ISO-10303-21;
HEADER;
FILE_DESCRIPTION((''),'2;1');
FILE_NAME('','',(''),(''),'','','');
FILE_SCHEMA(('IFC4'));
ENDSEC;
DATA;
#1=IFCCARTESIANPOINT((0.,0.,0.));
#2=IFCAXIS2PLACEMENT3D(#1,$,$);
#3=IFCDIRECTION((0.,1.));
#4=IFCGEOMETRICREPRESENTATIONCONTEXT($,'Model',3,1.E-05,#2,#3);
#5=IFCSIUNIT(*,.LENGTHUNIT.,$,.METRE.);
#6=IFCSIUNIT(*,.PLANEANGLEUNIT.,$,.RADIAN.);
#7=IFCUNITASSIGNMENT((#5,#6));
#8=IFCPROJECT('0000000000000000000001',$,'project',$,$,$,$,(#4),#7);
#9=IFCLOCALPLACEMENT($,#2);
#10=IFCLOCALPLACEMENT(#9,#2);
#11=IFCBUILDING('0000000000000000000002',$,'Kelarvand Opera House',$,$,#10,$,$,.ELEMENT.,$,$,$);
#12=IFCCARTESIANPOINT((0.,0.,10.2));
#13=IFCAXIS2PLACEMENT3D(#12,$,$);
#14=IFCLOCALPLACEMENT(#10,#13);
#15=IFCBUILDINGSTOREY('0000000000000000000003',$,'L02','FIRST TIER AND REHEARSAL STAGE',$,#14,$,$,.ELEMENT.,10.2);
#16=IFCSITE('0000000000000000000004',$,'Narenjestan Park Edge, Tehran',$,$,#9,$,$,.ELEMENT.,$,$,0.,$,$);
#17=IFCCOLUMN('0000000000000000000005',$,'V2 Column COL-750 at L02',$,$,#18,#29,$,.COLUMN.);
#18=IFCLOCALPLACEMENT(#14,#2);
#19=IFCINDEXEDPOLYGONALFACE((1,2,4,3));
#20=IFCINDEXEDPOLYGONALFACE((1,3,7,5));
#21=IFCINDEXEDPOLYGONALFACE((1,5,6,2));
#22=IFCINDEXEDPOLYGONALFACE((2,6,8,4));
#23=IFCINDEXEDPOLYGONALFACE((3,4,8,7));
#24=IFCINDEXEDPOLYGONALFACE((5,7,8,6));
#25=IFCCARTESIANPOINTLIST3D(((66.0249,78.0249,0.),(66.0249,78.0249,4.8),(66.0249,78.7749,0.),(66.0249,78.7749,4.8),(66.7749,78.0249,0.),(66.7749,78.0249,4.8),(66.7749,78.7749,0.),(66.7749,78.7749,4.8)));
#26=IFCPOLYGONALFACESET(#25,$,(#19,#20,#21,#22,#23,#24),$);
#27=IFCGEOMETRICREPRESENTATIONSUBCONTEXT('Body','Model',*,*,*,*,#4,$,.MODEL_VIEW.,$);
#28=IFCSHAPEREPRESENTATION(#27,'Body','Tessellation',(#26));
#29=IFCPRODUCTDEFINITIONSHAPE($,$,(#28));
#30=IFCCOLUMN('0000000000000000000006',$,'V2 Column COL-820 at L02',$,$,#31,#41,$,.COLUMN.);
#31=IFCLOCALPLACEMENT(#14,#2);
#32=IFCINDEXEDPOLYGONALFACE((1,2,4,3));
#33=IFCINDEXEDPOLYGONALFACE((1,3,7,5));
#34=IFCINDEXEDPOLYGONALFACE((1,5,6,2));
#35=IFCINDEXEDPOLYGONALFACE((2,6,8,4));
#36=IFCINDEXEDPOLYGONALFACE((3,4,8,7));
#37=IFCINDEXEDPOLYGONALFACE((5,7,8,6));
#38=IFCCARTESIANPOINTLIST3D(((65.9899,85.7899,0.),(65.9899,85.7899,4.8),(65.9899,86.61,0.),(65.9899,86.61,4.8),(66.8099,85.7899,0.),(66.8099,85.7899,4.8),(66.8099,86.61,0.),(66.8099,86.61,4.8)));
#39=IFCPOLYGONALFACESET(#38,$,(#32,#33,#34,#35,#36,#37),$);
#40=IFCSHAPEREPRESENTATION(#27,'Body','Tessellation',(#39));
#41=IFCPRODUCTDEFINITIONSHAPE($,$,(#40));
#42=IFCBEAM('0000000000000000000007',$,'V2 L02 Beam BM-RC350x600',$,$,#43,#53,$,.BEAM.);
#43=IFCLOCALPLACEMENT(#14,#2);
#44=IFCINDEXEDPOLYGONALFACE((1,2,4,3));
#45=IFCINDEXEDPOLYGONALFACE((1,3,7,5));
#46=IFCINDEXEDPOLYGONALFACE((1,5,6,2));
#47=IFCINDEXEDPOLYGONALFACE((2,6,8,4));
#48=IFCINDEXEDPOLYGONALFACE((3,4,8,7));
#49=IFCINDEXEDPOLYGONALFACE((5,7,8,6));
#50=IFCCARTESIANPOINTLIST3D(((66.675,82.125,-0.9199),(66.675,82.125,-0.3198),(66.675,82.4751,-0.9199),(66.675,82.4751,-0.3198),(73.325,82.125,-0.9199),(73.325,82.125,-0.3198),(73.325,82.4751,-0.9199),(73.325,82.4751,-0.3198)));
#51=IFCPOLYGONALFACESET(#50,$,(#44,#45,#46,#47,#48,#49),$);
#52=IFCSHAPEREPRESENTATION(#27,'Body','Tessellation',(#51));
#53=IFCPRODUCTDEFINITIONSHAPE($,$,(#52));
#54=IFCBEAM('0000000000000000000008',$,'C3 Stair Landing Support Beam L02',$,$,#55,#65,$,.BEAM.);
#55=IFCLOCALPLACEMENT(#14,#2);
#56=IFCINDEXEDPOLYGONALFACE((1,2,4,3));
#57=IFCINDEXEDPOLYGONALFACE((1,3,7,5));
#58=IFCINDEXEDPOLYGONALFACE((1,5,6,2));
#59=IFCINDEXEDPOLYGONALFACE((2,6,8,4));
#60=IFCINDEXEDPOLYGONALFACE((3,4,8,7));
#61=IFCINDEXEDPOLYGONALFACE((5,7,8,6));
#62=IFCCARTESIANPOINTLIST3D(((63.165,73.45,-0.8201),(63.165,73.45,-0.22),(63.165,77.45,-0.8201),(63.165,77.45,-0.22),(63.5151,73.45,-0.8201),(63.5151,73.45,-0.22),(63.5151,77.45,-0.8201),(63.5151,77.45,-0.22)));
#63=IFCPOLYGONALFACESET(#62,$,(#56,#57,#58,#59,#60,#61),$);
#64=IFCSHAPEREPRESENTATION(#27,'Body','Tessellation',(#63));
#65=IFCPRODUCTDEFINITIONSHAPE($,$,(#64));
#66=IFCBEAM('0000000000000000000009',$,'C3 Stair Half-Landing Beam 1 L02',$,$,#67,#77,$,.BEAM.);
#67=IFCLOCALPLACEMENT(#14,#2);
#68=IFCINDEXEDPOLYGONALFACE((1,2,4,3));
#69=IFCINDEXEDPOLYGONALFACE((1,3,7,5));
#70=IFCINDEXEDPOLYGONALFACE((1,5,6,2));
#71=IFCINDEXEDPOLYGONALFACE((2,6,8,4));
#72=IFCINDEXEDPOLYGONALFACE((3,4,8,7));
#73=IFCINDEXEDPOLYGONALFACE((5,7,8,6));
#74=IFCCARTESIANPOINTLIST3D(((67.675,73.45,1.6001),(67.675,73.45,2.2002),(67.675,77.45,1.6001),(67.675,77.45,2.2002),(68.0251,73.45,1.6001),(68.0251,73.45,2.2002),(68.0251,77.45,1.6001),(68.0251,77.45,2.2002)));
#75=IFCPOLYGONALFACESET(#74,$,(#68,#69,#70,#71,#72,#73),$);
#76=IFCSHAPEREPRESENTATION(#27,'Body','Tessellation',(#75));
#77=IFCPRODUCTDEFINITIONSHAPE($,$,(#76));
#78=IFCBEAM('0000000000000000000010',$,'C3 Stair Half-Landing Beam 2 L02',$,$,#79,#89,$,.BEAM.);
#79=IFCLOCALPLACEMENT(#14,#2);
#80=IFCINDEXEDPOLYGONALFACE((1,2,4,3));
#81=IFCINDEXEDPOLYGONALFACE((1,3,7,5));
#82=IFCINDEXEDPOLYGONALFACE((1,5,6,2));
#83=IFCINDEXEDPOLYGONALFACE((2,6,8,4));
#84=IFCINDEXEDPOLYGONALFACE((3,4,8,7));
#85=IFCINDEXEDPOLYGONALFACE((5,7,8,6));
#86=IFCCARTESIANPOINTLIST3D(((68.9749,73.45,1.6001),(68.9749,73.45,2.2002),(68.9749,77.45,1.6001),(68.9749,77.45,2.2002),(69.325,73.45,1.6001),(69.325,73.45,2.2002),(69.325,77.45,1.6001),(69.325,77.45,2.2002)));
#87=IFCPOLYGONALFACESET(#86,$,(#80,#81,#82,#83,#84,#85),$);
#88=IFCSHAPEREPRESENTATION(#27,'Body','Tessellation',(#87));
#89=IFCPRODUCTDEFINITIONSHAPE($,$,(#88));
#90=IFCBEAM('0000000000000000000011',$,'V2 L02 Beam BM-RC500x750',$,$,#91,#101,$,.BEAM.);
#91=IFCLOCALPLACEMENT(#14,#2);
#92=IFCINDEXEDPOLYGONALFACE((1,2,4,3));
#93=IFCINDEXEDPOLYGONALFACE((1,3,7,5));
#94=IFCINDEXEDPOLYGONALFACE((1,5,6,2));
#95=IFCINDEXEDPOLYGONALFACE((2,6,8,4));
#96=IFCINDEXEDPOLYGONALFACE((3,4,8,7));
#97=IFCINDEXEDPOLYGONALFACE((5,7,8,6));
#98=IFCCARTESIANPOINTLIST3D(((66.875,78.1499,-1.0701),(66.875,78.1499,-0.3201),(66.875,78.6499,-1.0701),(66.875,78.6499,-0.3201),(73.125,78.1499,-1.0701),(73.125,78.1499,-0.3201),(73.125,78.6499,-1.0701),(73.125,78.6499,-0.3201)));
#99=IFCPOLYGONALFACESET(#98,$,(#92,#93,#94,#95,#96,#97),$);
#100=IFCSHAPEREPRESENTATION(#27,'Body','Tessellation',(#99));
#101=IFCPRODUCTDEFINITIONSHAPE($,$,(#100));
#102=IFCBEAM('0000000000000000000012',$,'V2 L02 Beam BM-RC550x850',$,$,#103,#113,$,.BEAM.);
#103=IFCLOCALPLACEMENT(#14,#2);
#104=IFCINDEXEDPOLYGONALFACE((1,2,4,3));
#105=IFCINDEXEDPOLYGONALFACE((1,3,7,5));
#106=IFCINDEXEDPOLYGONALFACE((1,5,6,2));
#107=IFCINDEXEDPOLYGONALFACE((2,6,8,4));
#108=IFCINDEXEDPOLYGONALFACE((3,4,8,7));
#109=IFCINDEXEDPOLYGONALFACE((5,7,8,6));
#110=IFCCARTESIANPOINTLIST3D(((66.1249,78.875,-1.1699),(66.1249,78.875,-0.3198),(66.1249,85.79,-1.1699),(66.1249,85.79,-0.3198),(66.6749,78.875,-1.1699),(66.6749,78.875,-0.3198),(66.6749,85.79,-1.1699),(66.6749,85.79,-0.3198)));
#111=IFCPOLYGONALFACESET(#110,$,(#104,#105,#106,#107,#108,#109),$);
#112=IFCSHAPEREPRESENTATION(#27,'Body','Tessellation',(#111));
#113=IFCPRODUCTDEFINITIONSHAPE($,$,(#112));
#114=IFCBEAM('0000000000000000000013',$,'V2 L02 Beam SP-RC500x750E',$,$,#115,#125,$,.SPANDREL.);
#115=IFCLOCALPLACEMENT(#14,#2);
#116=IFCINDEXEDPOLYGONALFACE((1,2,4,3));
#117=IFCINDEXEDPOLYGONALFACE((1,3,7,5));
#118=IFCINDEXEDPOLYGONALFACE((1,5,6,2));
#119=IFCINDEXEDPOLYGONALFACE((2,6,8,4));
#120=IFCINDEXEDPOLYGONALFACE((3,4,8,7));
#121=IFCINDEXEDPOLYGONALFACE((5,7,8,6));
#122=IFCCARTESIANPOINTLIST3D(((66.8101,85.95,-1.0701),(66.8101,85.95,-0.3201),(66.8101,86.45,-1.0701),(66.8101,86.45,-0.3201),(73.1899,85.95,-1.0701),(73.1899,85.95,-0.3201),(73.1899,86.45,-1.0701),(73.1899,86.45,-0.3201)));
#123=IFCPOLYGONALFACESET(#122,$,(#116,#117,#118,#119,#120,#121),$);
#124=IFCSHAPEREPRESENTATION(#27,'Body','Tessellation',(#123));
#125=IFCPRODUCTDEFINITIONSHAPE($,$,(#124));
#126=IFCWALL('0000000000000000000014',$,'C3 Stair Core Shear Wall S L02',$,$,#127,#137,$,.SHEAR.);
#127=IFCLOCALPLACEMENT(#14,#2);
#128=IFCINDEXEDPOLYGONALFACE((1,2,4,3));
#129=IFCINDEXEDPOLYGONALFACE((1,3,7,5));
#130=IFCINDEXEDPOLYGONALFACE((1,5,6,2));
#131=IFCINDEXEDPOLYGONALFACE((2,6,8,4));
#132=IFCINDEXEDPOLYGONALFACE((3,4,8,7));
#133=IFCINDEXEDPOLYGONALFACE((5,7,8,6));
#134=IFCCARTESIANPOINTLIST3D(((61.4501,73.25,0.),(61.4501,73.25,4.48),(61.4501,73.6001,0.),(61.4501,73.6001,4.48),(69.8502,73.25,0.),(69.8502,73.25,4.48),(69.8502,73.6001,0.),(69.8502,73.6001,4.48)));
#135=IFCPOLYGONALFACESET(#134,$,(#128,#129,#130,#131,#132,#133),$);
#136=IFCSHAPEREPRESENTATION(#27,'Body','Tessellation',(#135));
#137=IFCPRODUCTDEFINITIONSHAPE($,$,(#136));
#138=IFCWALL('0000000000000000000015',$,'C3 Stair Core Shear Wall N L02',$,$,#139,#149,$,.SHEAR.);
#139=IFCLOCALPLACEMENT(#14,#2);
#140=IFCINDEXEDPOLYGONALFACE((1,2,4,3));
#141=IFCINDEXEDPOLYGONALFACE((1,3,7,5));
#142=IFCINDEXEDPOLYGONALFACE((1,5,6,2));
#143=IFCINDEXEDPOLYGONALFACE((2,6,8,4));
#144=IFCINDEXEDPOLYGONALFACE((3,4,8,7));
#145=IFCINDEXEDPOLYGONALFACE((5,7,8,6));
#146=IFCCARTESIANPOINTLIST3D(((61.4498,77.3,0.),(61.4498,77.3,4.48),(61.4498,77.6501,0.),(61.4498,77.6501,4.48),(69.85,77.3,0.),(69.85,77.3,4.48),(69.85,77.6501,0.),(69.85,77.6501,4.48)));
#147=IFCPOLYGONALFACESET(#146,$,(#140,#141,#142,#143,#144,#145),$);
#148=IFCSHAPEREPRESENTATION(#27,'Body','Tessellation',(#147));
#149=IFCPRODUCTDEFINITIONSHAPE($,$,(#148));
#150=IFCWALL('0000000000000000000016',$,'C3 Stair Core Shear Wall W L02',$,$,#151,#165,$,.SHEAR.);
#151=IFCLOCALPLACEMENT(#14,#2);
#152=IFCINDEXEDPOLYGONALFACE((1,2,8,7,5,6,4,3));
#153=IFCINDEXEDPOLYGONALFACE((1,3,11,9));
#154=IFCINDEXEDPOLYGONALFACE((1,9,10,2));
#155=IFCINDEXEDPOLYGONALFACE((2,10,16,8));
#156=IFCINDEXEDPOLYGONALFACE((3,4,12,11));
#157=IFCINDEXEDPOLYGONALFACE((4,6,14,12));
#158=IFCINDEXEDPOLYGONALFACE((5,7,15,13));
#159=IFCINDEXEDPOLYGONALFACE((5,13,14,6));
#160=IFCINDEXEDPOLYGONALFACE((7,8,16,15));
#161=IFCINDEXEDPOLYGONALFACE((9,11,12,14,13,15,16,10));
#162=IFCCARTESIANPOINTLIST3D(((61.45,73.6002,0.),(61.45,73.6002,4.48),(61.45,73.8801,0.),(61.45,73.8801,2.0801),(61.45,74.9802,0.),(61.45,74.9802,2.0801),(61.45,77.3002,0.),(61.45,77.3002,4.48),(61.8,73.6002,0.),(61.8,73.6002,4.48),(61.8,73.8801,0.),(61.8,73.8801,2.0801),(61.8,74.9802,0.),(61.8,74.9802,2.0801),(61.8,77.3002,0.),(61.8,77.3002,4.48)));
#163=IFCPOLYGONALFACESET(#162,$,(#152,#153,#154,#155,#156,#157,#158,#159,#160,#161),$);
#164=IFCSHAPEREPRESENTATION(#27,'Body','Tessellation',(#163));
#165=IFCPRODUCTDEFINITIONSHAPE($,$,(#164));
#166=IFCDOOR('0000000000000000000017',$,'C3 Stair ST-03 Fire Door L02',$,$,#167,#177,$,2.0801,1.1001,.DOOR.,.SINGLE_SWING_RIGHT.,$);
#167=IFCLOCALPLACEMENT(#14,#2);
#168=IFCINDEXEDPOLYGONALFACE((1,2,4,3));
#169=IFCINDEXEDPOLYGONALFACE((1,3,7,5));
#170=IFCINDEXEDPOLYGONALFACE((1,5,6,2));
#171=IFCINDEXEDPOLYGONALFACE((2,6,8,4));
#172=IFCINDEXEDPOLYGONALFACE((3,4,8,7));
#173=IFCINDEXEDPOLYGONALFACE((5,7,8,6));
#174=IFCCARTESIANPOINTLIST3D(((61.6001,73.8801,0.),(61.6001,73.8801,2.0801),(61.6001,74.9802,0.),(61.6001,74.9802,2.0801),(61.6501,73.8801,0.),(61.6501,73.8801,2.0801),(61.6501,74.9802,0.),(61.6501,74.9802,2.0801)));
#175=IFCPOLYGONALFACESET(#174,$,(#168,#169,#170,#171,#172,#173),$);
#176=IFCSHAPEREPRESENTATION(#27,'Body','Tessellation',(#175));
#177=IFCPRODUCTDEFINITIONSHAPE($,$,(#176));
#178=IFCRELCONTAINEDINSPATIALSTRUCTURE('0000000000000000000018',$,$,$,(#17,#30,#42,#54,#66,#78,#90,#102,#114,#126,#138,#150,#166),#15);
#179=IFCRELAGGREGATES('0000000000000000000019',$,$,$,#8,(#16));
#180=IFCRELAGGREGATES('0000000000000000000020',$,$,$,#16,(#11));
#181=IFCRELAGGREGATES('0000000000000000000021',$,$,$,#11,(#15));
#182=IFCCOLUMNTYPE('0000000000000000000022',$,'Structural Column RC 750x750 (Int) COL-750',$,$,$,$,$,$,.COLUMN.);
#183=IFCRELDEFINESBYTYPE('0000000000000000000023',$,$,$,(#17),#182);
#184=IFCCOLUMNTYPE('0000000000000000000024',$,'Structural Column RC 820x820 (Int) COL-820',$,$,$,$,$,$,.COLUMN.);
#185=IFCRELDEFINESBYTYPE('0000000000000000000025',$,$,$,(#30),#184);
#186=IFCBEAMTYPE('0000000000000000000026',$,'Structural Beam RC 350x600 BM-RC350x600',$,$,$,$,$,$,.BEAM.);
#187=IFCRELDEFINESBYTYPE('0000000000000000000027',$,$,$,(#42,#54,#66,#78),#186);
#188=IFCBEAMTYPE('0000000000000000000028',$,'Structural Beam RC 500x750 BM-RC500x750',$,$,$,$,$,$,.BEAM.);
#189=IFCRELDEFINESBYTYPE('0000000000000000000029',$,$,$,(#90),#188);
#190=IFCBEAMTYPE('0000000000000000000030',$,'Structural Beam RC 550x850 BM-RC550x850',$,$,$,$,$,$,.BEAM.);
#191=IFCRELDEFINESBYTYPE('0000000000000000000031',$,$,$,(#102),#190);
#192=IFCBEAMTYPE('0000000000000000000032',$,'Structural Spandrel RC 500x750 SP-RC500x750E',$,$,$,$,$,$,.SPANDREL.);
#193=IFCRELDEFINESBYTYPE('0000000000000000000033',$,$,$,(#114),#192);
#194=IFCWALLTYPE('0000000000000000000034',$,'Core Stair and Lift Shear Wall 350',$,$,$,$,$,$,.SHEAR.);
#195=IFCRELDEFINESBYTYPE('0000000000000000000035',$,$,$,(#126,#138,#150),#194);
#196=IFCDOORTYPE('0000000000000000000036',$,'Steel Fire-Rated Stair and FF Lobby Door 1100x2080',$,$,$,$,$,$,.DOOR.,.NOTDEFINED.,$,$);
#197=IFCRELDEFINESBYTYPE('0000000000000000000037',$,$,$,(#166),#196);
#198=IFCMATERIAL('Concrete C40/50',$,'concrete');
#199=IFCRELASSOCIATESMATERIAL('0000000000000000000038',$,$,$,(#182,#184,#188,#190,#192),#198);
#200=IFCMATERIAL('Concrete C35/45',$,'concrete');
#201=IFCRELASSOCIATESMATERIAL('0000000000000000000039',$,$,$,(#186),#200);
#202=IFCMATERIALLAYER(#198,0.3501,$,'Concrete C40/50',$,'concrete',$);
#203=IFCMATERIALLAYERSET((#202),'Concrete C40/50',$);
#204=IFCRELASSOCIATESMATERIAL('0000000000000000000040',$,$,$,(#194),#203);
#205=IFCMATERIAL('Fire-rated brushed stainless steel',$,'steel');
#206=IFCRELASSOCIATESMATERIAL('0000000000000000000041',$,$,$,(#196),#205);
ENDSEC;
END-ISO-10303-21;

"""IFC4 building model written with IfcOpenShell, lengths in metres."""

from ifc_helpers import new_model, si_unit, direction, frame, frame_2d, origin, origin_2d, place, context, subcontext, project, spatial, rectangle, extrude, material, layer, layer_set, material_profile, profile_set, type_object, element, fill, save


model = new_model("IFC4")

# Units and contexts
model_context = context("Model", 3, precision=1e-05, world=origin(), true_north=direction((0.0, 1.0)))
body_context = subcontext(model_context, "Body", "Model", "MODEL_VIEW")
ifc_project = project(units=[si_unit("LENGTHUNIT", "METRE"), si_unit("PLANEANGLEUNIT", "RADIAN")], contexts=[model_context])

# Site, building, storey
site_placement = place(None, origin())
site = spatial("IfcSite", under=ifc_project, at=site_placement, Name="Narenjestan Park Edge, Tehran", CompositionType="ELEMENT", RefElevation=0.0)
building_placement = place(site_placement, origin())
building = spatial("IfcBuilding", under=site, at=building_placement, Name="Kelarvand Opera House", CompositionType="ELEMENT")
storey_placement = place(building_placement, frame((0.0, 0.0, 10.2)))
storey = spatial("IfcBuildingStorey", under=building, at=storey_placement, Name="L02", Description="FIRST TIER AND REHEARSAL STAGE", CompositionType="ELEMENT", Elevation=10.2)

# Columns
ifc_material_1 = material(Name="Concrete C40/50", Category="concrete")
ifc_material_profile_1 = material_profile(ifc_material_1, rectangle(XDim=0.75, YDim=0.75, at=origin_2d()), Name="RC 750x750", Category="concrete")
ifc_profile_set_1 = profile_set([ifc_material_profile_1], Name="Concrete C40/50")
column_type_1 = type_object("IfcColumnType", Name="Structural Column RC 750x750 (Int) COL-750", PredefinedType="COLUMN", material=ifc_profile_set_1)
column_1_placement = place(storey_placement, frame((66.3999, 78.3999, 0.0), z_axis=(0.0, 0.0, 1.0), x_axis=(1.0, 0.0, 0.0)))
element("IfcColumn", 1, at=column_1_placement, inside=storey, type_object=column_type_1, Name="V2 Column COL-750 at L02", PredefinedType="COLUMN", context=body_context, shape_type="SweptSolid", body=[
    extrude(rectangle(XDim=0.75, YDim=0.75, at=origin_2d()), origin(), (0.0, 0.0, 1.0), 4.8),
])
ifc_material_profile_2 = material_profile(ifc_material_1, rectangle(XDim=0.8201, YDim=0.8201, at=origin_2d()), Name="RC 820x820", Category="concrete")
ifc_profile_set_2 = profile_set([ifc_material_profile_2], Name="Concrete C40/50")
column_type_2 = type_object("IfcColumnType", Name="Structural Column RC 820x820 (Int) COL-820", PredefinedType="COLUMN", material=ifc_profile_set_2)
column_2_placement = place(storey_placement, frame((66.3999, 86.2, 0.0), z_axis=(0.0, 0.0, 1.0), x_axis=(1.0, 0.0, 0.0)))
element("IfcColumn", 2, at=column_2_placement, inside=storey, type_object=column_type_2, Name="V2 Column COL-820 at L02", PredefinedType="COLUMN", context=body_context, shape_type="SweptSolid", body=[
    extrude(rectangle(XDim=0.8201, YDim=0.8201, at=origin_2d()), origin(), (0.0, 0.0, 1.0), 4.8),
])

# Beams
ifc_material_2 = material(Name="Concrete C35/45", Category="concrete")
ifc_material_profile_3 = material_profile(ifc_material_2, rectangle(XDim=0.3501, YDim=0.6001, at=origin_2d()), Name="RC 350x600", Category="concrete")
ifc_profile_set_3 = profile_set([ifc_material_profile_3], Name="Concrete C35/45")
beam_type_1 = type_object("IfcBeamType", Name="Structural Beam RC 350x600 BM-RC350x600", PredefinedType="BEAM", material=ifc_profile_set_3)
beam_1_placement = place(storey_placement, frame((66.675, 82.3, -0.6199), z_axis=(1.0, 0.0, 0.0), x_axis=(0.0, 1.0, 0.0)))
element("IfcBeam", 3, at=beam_1_placement, inside=storey, type_object=beam_type_1, Name="V2 L02 Beam BM-RC350x600", PredefinedType="BEAM", context=body_context, shape_type="SweptSolid", body=[
    extrude(rectangle(XDim=0.3501, YDim=0.6001, at=origin_2d()), origin(), (0.0, 0.0, 1.0), 6.6499),
])
for number, where, z_axis, x_axis, name in (
    (4, (63.3401, 73.45, -0.52), (0.0, 1.0, 0.0), (-1.0, 0.0, 0.0), "C3 Stair Landing Support Beam L02"),
    (5, (67.8501, 73.45, 1.9001), (0.0, 1.0, 0.0), (-1.0, 0.0, 0.0), "C3 Stair Half-Landing Beam 1 L02"),
    (6, (69.1499, 73.45, 1.9001), (0.0, 1.0, 0.0), (-1.0, 0.0, 0.0), "C3 Stair Half-Landing Beam 2 L02"),
):
    element("IfcBeam", number, at=place(storey_placement, frame(where, z_axis=z_axis, x_axis=x_axis)), inside=storey, type_object=beam_type_1, Name=name, PredefinedType="BEAM", context=body_context, shape_type="SweptSolid", body=[
        extrude(rectangle(XDim=0.3501, YDim=0.6001, at=origin_2d()), origin(), (0.0, 0.0, 1.0), 4.0),
    ])
ifc_material_profile_4 = material_profile(ifc_material_1, rectangle(XDim=0.5, YDim=0.75, at=origin_2d()), Name="RC 500x750", Category="concrete")
ifc_profile_set_4 = profile_set([ifc_material_profile_4], Name="Concrete C40/50")
beam_type_2 = type_object("IfcBeamType", Name="Structural Beam RC 500x750 BM-RC500x750", PredefinedType="BEAM", material=ifc_profile_set_4)
beam_2_placement = place(storey_placement, frame((66.875, 78.3999, -0.6951), z_axis=(1.0, 0.0, 0.0), x_axis=(0.0, 1.0, 0.0)))
element("IfcBeam", 7, at=beam_2_placement, inside=storey, type_object=beam_type_2, Name="V2 L02 Beam BM-RC500x750", PredefinedType="BEAM", context=body_context, shape_type="SweptSolid", body=[
    extrude(rectangle(XDim=0.5, YDim=0.75, at=origin_2d()), origin(), (0.0, 0.0, 1.0), 6.25),
])
ifc_material_profile_5 = material_profile(ifc_material_1, rectangle(XDim=0.55, YDim=0.8501, at=origin_2d()), Name="RC 550x850", Category="concrete")
ifc_profile_set_5 = profile_set([ifc_material_profile_5], Name="Concrete C40/50")
beam_type_3 = type_object("IfcBeamType", Name="Structural Beam RC 550x850 BM-RC550x850", PredefinedType="BEAM", material=ifc_profile_set_5)
beam_3_placement = place(storey_placement, frame((66.3999, 78.875, -0.7449), z_axis=(0.0, 1.0, 0.0), x_axis=(-1.0, 0.0, 0.0)))
element("IfcBeam", 8, at=beam_3_placement, inside=storey, type_object=beam_type_3, Name="V2 L02 Beam BM-RC550x850", PredefinedType="BEAM", context=body_context, shape_type="SweptSolid", body=[
    extrude(rectangle(XDim=0.55, YDim=0.8501, at=origin_2d()), origin(), (0.0, 0.0, 1.0), 6.915),
])
ifc_material_profile_6 = material_profile(ifc_material_1, rectangle(XDim=0.5, YDim=0.75, at=origin_2d()), Name="RC 500x750", Category="concrete")
ifc_profile_set_6 = profile_set([ifc_material_profile_6], Name="Concrete C40/50")
beam_type_4 = type_object("IfcBeamType", Name="Structural Spandrel RC 500x750 SP-RC500x750E", PredefinedType="SPANDREL", material=ifc_profile_set_6)
beam_4_placement = place(storey_placement, frame((66.8101, 86.2, -0.6951), z_axis=(1.0, 0.0, 0.0), x_axis=(0.0, 1.0, 0.0)))
element("IfcBeam", 9, at=beam_4_placement, inside=storey, type_object=beam_type_4, Name="V2 L02 Beam SP-RC500x750E", PredefinedType="SPANDREL", context=body_context, shape_type="SweptSolid", body=[
    extrude(rectangle(XDim=0.5, YDim=0.75, at=origin_2d()), origin(), (0.0, 0.0, 1.0), 6.3799),
])

# Walls
ifc_layer_1 = layer(ifc_material_1, 0.3501, Name="Concrete C40/50", Category="concrete")
ifc_layer_set_1 = layer_set([ifc_layer_1], Name="Concrete C40/50")
wall_type_1 = type_object("IfcWallType", Name="Core Stair and Lift Shear Wall 350", PredefinedType="SHEAR", material=ifc_layer_set_1)
for number, where, z_axis, x_axis, name in (
    (10, (61.45, 73.425, 0.0), (0.0, 0.0, 1.0), (1.0, 0.0, 0.0), "C3 Stair Core Shear Wall S L02"),
    (11, (69.8501, 77.4751, 0.0), (0.0, 0.0, 1.0), (-1.0, 0.0, 0.0), "C3 Stair Core Shear Wall N L02"),
):
    element("IfcWall", number, at=place(storey_placement, frame(where, z_axis=z_axis, x_axis=x_axis)), inside=storey, type_object=wall_type_1, Name=name, PredefinedType="SHEAR", context=body_context, shape_type="SweptSolid", body=[
        extrude(rectangle(XDim=8.4001, YDim=0.3501, at=frame_2d((4.2002, 0.0))), origin(), (0.0, 0.0, 1.0), 4.48),
    ])

# Wall, opening, door
wall_1_placement = place(storey_placement, frame((61.625, 73.6001, 0.0), z_axis=(0.0, 0.0, 1.0), x_axis=(0.0, 1.0, 0.0)))
wall_1 = element("IfcWall", 12, at=wall_1_placement, inside=storey, type_object=wall_type_1, Name="C3 Stair Core Shear Wall W L02", PredefinedType="SHEAR", context=body_context, shape_type="SweptSolid", body=[
    extrude(rectangle(XDim=3.7, YDim=0.3501, at=frame_2d((1.8501, 0.0))), origin(), (0.0, 0.0, 1.0), 4.48),
])
opening_placement = place(wall_1_placement, frame((0.28, 0.0, 0.0)))
opening = element("IfcOpeningElement", 13, at=opening_placement, cuts=wall_1, PredefinedType="OPENING", context=body_context, shape_type="SweptSolid", body=[
    extrude(rectangle(XDim=1.1001, YDim=2.0801, at=frame_2d((0.55, 1.04))), frame((0.0, 0.1851, 0.0), z_axis=(0.0, -1.0, 0.0), x_axis=(1.0, 0.0, 0.0)), (0.0, 0.0, 1.0), 0.3701),
])
ifc_material_3 = material(Name="Fire-rated brushed stainless steel", Category="steel")
door_type = type_object("IfcDoorType", Name="Steel Fire-Rated Stair and FF Lobby Door 1100x2080", OperationType="NOTDEFINED", PredefinedType="DOOR", material=ifc_material_3)
door_placement = place(opening_placement, origin())
door = element("IfcDoor", 14, at=door_placement, inside=storey, type_object=door_type, Name="C3 Stair ST-03 Fire Door L02", OperationType="SINGLE_SWING_RIGHT", OverallHeight=2.0801, OverallWidth=1.1001, PredefinedType="DOOR", context=body_context, shape_type="SweptSolid", body=[
    extrude(rectangle(XDim=1.1001, YDim=2.0801, at=frame_2d((0.55, 1.04))), frame((0.0, 0.0249, 0.0), z_axis=(0.0, -1.0, 0.0), x_axis=(1.0, 0.0, 0.0)), (0.0, 0.0, 1.0), 0.05),
])
fill(opening, door)

save(model, "model.ifc")
